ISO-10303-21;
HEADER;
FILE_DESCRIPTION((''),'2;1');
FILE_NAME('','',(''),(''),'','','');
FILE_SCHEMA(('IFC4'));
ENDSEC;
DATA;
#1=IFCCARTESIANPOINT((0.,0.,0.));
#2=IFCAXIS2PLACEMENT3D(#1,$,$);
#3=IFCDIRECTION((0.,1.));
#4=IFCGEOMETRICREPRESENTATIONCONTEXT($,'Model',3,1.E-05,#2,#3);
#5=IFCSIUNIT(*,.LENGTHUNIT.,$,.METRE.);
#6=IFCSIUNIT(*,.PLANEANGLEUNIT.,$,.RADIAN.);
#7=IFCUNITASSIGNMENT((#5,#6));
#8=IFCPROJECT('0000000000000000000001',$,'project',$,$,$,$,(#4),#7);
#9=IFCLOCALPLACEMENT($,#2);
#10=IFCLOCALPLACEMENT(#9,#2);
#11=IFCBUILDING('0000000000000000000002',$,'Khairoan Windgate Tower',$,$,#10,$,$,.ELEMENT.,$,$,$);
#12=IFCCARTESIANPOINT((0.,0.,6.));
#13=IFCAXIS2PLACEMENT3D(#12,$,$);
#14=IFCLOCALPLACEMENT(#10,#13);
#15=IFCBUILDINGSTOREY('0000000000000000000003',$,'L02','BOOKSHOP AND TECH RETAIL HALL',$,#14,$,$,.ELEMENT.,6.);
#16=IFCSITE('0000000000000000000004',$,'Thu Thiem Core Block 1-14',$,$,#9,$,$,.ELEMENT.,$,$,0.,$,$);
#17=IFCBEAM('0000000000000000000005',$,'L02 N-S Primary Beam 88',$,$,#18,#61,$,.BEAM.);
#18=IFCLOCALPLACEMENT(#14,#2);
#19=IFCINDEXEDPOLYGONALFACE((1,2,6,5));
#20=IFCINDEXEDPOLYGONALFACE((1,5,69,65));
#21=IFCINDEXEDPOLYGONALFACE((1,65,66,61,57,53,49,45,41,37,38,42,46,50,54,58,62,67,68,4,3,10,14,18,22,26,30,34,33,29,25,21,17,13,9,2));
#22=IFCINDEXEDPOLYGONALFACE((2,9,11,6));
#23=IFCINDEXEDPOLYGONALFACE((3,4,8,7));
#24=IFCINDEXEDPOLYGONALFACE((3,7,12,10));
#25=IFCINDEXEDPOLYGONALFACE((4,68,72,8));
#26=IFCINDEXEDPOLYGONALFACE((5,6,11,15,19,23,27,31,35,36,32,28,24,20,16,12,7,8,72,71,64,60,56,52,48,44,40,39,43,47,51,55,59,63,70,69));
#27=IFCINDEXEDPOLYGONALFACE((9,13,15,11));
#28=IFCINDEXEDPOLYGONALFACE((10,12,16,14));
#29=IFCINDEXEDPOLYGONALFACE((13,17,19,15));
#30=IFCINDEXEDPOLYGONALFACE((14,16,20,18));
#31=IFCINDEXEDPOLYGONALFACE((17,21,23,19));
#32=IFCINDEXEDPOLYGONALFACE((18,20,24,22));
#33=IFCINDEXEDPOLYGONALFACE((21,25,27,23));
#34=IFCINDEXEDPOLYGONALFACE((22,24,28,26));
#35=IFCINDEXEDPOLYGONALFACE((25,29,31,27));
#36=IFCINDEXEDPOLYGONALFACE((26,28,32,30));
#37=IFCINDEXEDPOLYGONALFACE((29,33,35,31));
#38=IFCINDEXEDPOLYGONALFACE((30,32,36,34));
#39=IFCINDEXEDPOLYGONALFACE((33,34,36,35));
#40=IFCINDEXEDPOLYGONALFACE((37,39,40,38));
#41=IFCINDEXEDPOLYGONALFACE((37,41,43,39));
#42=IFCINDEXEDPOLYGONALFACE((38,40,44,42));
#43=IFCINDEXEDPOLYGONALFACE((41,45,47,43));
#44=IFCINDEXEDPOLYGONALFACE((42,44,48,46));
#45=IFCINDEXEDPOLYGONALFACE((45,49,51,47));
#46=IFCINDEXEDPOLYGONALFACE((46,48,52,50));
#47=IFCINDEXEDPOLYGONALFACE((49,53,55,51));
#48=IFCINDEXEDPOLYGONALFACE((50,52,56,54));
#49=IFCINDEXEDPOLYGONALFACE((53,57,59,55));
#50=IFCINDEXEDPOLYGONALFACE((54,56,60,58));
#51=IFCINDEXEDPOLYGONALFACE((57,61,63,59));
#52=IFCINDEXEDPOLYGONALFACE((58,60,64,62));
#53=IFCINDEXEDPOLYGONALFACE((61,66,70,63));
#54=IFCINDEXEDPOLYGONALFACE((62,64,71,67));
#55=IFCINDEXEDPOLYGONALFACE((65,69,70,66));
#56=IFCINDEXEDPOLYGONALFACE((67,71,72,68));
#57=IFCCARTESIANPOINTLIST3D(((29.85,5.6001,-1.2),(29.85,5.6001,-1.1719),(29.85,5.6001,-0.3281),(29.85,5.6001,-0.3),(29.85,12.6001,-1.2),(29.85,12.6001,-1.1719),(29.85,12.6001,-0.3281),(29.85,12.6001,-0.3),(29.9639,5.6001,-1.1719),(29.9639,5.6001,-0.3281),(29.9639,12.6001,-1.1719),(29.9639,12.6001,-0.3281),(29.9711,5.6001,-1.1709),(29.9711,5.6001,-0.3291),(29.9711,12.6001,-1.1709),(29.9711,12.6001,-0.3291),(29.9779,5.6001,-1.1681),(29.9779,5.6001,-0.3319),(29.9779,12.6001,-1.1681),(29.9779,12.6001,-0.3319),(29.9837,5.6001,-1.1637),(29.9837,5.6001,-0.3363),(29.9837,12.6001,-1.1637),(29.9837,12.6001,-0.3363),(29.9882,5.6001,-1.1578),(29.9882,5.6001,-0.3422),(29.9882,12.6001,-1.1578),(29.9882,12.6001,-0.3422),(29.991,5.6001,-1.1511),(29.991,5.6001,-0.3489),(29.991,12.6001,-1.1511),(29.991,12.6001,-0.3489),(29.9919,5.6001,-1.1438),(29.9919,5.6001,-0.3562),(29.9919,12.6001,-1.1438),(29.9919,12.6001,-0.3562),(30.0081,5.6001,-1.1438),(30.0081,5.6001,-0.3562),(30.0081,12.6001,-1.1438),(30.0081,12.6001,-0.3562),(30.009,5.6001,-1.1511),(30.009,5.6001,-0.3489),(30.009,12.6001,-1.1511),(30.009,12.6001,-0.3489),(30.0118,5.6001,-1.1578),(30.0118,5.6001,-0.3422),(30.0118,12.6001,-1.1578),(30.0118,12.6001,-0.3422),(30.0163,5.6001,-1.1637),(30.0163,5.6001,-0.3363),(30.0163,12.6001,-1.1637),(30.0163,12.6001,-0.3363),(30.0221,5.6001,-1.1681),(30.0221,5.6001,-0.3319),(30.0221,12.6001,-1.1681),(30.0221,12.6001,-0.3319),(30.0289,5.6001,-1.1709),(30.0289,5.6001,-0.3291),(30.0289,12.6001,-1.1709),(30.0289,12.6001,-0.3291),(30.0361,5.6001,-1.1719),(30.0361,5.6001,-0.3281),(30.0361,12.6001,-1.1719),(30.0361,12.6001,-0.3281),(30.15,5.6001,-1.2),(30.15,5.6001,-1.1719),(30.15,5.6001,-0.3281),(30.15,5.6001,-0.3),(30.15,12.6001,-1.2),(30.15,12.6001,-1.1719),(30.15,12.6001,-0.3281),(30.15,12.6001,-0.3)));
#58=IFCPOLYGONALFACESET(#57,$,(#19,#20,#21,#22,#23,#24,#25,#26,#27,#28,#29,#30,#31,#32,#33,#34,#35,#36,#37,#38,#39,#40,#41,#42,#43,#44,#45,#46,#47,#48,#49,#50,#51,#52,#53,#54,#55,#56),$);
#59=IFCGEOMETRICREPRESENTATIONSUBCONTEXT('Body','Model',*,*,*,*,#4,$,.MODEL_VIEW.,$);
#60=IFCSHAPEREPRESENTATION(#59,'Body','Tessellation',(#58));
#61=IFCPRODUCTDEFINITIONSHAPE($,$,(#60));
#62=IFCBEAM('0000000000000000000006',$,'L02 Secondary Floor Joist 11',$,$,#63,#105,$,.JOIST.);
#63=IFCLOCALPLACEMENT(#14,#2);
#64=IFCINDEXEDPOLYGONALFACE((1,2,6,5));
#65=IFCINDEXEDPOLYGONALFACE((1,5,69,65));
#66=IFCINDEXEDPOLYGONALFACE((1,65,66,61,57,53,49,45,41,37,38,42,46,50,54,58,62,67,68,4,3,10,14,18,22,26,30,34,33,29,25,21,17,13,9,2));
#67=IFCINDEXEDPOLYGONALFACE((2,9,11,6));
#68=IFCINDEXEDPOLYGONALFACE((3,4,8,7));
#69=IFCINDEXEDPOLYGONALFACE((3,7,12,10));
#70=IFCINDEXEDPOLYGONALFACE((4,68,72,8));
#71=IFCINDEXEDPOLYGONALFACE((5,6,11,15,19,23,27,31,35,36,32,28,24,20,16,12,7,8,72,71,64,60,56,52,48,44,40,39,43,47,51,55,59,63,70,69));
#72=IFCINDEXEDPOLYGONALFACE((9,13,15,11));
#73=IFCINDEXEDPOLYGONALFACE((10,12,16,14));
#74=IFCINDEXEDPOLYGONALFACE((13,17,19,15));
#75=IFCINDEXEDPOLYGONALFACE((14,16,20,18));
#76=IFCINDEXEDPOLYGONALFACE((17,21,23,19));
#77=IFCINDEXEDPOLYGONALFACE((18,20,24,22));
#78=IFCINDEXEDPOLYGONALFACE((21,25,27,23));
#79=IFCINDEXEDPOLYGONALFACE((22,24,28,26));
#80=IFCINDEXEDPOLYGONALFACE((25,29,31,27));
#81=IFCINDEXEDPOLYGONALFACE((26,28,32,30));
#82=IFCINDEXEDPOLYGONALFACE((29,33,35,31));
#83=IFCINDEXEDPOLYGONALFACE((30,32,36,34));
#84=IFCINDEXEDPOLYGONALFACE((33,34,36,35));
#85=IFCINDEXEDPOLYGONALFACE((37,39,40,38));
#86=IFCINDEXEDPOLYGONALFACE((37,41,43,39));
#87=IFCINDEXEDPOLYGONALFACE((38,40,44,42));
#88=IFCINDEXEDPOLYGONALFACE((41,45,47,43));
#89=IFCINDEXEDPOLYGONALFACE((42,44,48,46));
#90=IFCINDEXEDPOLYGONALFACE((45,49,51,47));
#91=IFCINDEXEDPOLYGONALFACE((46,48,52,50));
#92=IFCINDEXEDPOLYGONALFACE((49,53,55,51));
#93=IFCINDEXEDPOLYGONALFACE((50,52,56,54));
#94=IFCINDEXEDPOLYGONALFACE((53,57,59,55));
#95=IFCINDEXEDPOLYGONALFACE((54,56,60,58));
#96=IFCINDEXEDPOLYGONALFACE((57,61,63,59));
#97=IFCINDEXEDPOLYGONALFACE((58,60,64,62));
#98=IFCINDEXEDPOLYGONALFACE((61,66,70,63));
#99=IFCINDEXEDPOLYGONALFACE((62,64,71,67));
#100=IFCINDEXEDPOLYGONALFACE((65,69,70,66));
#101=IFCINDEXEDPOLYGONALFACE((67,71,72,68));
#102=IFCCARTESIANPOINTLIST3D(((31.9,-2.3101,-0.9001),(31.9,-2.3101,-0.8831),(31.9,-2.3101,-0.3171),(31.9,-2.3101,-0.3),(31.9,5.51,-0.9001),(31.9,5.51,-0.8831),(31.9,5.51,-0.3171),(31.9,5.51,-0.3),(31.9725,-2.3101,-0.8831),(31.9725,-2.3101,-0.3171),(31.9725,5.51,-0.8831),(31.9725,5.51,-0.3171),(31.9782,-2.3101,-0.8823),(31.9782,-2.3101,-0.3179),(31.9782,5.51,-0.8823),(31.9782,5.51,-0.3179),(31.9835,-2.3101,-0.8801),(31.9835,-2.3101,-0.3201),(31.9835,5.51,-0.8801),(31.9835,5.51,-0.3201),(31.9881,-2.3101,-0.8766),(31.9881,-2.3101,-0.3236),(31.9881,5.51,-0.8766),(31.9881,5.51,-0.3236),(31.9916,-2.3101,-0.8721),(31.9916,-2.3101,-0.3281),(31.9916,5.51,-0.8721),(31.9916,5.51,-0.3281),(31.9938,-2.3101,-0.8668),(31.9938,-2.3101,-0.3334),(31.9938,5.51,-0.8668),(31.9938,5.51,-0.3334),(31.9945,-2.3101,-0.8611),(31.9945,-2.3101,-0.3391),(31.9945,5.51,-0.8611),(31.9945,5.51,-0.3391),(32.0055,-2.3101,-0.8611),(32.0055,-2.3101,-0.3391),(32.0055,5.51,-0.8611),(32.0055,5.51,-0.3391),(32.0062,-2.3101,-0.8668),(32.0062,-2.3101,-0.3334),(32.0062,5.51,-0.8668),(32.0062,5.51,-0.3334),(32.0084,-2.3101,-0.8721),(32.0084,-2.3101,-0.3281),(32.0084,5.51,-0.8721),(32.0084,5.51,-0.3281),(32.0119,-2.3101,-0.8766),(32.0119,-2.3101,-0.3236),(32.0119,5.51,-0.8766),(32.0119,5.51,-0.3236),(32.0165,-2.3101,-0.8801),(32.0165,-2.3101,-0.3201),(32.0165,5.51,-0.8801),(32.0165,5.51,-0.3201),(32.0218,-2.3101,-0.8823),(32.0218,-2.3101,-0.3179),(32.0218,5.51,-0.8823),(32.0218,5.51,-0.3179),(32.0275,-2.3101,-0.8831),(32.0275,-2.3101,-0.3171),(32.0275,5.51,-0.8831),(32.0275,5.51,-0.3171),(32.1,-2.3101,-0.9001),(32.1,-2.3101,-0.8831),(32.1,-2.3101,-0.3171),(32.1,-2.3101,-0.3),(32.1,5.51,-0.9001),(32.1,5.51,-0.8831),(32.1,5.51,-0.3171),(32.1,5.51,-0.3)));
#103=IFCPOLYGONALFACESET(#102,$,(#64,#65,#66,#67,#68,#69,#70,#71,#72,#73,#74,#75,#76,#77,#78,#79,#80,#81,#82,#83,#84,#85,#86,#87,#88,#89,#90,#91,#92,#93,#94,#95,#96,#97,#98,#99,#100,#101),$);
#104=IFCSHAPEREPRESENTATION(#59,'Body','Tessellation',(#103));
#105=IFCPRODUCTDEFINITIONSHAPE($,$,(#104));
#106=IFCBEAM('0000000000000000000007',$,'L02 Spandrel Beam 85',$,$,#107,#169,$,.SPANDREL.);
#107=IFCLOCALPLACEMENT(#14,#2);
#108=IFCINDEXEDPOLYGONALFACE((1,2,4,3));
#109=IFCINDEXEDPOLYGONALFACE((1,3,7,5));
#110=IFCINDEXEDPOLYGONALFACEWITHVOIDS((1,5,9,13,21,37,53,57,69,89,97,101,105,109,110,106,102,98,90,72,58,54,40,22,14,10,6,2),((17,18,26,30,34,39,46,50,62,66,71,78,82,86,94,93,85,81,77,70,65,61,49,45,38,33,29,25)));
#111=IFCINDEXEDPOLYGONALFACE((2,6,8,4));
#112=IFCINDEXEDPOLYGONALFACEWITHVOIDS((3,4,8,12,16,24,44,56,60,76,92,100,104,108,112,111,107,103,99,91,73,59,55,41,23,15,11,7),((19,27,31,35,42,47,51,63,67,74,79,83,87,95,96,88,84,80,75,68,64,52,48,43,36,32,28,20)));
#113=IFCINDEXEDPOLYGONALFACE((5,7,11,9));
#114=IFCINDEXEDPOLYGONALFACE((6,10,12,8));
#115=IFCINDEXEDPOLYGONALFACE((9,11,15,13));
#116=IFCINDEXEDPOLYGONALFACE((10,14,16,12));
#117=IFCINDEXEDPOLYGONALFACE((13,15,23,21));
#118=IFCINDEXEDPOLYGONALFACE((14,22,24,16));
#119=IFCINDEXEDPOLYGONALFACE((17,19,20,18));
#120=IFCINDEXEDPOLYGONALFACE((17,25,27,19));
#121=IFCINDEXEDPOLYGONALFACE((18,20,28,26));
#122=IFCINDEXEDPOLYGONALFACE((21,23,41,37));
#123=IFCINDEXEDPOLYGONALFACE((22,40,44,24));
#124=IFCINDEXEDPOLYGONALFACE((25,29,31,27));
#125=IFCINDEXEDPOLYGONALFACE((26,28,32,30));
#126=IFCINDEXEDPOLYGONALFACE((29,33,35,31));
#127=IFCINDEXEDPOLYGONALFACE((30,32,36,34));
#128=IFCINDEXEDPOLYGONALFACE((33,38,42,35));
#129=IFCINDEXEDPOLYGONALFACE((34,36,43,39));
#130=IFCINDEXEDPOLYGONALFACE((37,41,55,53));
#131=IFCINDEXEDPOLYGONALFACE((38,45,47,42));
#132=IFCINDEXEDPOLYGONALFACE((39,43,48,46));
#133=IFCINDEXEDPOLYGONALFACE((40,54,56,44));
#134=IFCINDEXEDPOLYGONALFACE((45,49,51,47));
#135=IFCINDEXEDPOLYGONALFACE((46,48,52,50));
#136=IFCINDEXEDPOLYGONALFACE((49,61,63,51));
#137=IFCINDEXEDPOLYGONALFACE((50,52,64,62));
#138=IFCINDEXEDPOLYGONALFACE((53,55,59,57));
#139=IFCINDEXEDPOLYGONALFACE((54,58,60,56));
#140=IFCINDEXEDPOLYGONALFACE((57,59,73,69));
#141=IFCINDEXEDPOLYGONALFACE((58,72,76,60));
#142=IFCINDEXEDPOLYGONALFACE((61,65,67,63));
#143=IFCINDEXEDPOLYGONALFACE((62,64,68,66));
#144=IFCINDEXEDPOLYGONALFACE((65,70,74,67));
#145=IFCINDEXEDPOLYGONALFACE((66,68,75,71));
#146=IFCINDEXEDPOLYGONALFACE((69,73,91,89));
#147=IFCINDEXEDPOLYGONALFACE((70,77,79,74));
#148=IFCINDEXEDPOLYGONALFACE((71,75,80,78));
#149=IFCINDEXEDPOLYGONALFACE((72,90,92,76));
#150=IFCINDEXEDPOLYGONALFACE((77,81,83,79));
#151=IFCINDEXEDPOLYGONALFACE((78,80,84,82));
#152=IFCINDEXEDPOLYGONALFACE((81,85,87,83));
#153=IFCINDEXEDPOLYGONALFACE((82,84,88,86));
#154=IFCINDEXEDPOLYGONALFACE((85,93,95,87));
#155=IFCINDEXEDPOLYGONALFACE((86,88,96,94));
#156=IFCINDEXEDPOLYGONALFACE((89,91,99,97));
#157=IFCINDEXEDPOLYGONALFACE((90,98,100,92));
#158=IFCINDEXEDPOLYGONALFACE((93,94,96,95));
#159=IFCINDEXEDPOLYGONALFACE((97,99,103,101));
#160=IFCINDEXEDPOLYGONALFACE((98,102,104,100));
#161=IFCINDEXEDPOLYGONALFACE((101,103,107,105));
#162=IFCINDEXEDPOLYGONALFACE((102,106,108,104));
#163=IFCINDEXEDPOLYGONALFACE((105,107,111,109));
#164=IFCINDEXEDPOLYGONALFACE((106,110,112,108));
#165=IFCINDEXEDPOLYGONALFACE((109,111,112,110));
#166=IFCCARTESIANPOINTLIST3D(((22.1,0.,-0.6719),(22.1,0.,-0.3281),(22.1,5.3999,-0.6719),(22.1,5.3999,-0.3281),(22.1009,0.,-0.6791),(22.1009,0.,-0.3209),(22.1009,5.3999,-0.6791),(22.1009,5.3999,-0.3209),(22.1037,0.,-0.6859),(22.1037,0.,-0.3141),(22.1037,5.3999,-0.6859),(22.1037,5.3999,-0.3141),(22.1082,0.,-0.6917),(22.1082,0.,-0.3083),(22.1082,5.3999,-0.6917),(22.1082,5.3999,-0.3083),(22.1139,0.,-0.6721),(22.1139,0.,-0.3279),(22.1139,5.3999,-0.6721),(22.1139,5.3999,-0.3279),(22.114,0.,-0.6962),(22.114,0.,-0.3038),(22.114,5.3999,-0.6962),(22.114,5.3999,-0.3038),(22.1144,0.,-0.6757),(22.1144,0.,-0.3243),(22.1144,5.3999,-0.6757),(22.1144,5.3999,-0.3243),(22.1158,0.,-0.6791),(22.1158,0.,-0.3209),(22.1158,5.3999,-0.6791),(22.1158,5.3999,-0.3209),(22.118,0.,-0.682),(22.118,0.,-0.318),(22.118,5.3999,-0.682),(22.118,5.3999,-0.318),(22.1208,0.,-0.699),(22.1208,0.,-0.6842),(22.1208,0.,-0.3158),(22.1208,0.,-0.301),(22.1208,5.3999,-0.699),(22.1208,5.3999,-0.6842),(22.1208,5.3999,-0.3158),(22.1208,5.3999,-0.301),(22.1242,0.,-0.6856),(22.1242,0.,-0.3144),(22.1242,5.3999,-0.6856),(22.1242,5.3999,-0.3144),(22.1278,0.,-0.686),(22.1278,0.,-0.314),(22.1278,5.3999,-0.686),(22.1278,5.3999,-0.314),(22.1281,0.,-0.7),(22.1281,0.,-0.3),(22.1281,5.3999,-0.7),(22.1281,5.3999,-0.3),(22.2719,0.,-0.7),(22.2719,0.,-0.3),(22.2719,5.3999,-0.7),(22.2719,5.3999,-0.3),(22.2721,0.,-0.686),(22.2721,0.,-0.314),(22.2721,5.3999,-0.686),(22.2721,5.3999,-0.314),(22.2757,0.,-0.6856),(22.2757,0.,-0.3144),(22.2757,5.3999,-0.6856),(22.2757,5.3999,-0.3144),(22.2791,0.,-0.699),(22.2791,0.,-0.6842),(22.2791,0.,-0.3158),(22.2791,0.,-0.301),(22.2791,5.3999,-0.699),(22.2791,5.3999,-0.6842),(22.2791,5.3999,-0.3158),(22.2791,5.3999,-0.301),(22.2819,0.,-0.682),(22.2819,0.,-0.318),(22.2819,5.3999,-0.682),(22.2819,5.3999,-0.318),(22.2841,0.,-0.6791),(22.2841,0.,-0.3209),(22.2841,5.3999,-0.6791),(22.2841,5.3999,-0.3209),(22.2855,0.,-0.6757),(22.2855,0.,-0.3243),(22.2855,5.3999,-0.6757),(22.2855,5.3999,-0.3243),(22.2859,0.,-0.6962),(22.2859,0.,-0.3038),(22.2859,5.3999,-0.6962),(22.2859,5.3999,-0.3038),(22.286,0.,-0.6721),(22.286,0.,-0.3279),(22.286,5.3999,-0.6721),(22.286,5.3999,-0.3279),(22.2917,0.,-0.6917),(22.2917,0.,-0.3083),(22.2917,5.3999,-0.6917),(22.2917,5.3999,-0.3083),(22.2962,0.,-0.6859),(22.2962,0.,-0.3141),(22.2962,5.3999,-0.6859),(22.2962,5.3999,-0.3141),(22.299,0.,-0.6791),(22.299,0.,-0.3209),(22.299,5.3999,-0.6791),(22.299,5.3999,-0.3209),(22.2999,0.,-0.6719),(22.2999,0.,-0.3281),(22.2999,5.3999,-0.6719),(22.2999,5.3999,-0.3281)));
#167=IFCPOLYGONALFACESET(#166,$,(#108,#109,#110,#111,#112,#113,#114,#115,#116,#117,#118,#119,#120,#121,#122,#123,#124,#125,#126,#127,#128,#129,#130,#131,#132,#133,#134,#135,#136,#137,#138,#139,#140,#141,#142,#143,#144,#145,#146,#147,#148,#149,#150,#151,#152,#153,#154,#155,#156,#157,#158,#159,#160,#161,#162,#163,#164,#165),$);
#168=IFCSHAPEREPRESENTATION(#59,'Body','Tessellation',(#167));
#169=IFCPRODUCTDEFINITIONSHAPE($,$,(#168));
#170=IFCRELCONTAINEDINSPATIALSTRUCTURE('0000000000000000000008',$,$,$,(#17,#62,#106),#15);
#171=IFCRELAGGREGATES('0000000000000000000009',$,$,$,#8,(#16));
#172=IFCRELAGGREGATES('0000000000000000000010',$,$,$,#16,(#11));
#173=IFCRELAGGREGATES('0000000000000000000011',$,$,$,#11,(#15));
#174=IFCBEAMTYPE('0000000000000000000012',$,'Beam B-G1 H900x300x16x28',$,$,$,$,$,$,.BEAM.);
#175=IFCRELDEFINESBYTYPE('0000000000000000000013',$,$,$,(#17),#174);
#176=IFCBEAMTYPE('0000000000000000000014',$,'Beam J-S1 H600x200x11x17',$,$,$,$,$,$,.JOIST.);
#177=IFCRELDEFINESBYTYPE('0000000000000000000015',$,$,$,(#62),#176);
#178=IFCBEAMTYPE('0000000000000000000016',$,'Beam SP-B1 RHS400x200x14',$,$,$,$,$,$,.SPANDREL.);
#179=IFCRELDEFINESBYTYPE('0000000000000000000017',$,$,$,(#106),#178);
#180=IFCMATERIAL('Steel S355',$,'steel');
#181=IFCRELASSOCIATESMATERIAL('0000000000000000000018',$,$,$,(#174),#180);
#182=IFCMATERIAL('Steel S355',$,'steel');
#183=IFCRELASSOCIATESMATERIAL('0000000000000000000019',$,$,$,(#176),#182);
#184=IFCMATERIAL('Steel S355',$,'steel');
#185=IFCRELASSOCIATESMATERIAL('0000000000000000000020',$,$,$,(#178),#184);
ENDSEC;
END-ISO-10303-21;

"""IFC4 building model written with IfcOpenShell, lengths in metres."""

from ifc_helpers import new_model, si_unit, direction, frame, origin, origin_2d, place, context, subcontext, project, spatial, hollow_rectangle, i_section, extrude, material, material_profile, profile_set, type_object, element, save


model = new_model("IFC4")

# Units and contexts
model_context = context("Model", 3, precision=1e-05, world=origin(), true_north=direction((0.0, 1.0)))
body_context = subcontext(model_context, "Body", "Model", "MODEL_VIEW")
ifc_project = project(units=[si_unit("LENGTHUNIT", "METRE"), si_unit("PLANEANGLEUNIT", "RADIAN")], contexts=[model_context])

# Site, building, storey
site_placement = place(None, origin())
site = spatial("IfcSite", under=ifc_project, at=site_placement, Name="Thu Thiem Core Block 1-14", CompositionType="ELEMENT", RefElevation=0.0)
building_placement = place(site_placement, origin())
building = spatial("IfcBuilding", under=site, at=building_placement, Name="Khairoan Windgate Tower", CompositionType="ELEMENT")
storey_placement = place(building_placement, frame((0.0, 0.0, 6.0)))
storey = spatial("IfcBuildingStorey", under=building, at=storey_placement, Name="L02", Description="BOOKSHOP AND TECH RETAIL HALL", CompositionType="ELEMENT", Elevation=6.0)

# Beams
ifc_material_1 = material(Name="Steel S355", Category="steel")
ifc_material_profile_1 = material_profile(ifc_material_1, i_section(OverallWidth=0.3, OverallDepth=0.8999, WebThickness=0.0161, FlangeThickness=0.0281, FilletRadius=0.0281, at=origin_2d()))
ifc_profile_set_1 = profile_set([ifc_material_profile_1], Name="Steel S355")
beam_type_1 = type_object("IfcBeamType", Name="Beam B-G1 H900x300x16x28", PredefinedType="BEAM", material=ifc_profile_set_1)
beam_1_placement = place(storey_placement, frame((30.0, 5.6001, -0.75), z_axis=(0.0, 1.0, 0.0), x_axis=(-1.0, 0.0, 0.0)))
element("IfcBeam", 1, at=beam_1_placement, inside=storey, type_object=beam_type_1, Name="L02 N-S Primary Beam 88", PredefinedType="BEAM", context=body_context, shape_type="SweptSolid", body=[
    extrude(i_section(OverallWidth=0.3, OverallDepth=0.8999, WebThickness=0.0161, FlangeThickness=0.0281, FilletRadius=0.0281, at=origin_2d()), origin(), (0.0, 0.0, 1.0), 7.0),
])
ifc_material_2 = material(Name="Steel S355", Category="steel")
ifc_material_profile_2 = material_profile(ifc_material_2, i_section(OverallWidth=0.2, OverallDepth=0.6001, WebThickness=0.011, FlangeThickness=0.0171, FilletRadius=0.022, at=origin_2d()))
ifc_profile_set_2 = profile_set([ifc_material_profile_2], Name="Steel S355")
beam_type_2 = type_object("IfcBeamType", Name="Beam J-S1 H600x200x11x17", PredefinedType="JOIST", material=ifc_profile_set_2)
beam_2_placement = place(storey_placement, frame((32.0, -2.3101, -0.6001), z_axis=(0.0, 1.0, 0.0), x_axis=(-1.0, 0.0, 0.0)))
element("IfcBeam", 2, at=beam_2_placement, inside=storey, type_object=beam_type_2, Name="L02 Secondary Floor Joist 11", PredefinedType="JOIST", context=body_context, shape_type="SweptSolid", body=[
    extrude(i_section(OverallWidth=0.2, OverallDepth=0.6001, WebThickness=0.011, FlangeThickness=0.0171, FilletRadius=0.022, at=origin_2d()), origin(), (0.0, 0.0, 1.0), 7.8201),
])
ifc_material_3 = material(Name="Steel S355", Category="steel")
ifc_material_profile_3 = material_profile(ifc_material_3, hollow_rectangle(XDim=0.2, YDim=0.3999, WallThickness=0.0139, InnerFilletRadius=0.0139, OuterFilletRadius=0.0281, at=origin_2d()))
ifc_profile_set_3 = profile_set([ifc_material_profile_3], Name="Steel S355")
beam_type_3 = type_object("IfcBeamType", Name="Beam SP-B1 RHS400x200x14", PredefinedType="SPANDREL", material=ifc_profile_set_3)
beam_3_placement = place(storey_placement, frame((22.2, 0.0, -0.5), z_axis=(0.0, 1.0, 0.0), x_axis=(-1.0, 0.0, 0.0)))
element("IfcBeam", 3, at=beam_3_placement, inside=storey, type_object=beam_type_3, Name="L02 Spandrel Beam 85", PredefinedType="SPANDREL", context=body_context, shape_type="SweptSolid", body=[
    extrude(hollow_rectangle(XDim=0.2, YDim=0.3999, WallThickness=0.0139, InnerFilletRadius=0.0139, OuterFilletRadius=0.0281, at=origin_2d()), origin(), (0.0, 0.0, 1.0), 5.3999),
])

save(model, "model.ifc")
